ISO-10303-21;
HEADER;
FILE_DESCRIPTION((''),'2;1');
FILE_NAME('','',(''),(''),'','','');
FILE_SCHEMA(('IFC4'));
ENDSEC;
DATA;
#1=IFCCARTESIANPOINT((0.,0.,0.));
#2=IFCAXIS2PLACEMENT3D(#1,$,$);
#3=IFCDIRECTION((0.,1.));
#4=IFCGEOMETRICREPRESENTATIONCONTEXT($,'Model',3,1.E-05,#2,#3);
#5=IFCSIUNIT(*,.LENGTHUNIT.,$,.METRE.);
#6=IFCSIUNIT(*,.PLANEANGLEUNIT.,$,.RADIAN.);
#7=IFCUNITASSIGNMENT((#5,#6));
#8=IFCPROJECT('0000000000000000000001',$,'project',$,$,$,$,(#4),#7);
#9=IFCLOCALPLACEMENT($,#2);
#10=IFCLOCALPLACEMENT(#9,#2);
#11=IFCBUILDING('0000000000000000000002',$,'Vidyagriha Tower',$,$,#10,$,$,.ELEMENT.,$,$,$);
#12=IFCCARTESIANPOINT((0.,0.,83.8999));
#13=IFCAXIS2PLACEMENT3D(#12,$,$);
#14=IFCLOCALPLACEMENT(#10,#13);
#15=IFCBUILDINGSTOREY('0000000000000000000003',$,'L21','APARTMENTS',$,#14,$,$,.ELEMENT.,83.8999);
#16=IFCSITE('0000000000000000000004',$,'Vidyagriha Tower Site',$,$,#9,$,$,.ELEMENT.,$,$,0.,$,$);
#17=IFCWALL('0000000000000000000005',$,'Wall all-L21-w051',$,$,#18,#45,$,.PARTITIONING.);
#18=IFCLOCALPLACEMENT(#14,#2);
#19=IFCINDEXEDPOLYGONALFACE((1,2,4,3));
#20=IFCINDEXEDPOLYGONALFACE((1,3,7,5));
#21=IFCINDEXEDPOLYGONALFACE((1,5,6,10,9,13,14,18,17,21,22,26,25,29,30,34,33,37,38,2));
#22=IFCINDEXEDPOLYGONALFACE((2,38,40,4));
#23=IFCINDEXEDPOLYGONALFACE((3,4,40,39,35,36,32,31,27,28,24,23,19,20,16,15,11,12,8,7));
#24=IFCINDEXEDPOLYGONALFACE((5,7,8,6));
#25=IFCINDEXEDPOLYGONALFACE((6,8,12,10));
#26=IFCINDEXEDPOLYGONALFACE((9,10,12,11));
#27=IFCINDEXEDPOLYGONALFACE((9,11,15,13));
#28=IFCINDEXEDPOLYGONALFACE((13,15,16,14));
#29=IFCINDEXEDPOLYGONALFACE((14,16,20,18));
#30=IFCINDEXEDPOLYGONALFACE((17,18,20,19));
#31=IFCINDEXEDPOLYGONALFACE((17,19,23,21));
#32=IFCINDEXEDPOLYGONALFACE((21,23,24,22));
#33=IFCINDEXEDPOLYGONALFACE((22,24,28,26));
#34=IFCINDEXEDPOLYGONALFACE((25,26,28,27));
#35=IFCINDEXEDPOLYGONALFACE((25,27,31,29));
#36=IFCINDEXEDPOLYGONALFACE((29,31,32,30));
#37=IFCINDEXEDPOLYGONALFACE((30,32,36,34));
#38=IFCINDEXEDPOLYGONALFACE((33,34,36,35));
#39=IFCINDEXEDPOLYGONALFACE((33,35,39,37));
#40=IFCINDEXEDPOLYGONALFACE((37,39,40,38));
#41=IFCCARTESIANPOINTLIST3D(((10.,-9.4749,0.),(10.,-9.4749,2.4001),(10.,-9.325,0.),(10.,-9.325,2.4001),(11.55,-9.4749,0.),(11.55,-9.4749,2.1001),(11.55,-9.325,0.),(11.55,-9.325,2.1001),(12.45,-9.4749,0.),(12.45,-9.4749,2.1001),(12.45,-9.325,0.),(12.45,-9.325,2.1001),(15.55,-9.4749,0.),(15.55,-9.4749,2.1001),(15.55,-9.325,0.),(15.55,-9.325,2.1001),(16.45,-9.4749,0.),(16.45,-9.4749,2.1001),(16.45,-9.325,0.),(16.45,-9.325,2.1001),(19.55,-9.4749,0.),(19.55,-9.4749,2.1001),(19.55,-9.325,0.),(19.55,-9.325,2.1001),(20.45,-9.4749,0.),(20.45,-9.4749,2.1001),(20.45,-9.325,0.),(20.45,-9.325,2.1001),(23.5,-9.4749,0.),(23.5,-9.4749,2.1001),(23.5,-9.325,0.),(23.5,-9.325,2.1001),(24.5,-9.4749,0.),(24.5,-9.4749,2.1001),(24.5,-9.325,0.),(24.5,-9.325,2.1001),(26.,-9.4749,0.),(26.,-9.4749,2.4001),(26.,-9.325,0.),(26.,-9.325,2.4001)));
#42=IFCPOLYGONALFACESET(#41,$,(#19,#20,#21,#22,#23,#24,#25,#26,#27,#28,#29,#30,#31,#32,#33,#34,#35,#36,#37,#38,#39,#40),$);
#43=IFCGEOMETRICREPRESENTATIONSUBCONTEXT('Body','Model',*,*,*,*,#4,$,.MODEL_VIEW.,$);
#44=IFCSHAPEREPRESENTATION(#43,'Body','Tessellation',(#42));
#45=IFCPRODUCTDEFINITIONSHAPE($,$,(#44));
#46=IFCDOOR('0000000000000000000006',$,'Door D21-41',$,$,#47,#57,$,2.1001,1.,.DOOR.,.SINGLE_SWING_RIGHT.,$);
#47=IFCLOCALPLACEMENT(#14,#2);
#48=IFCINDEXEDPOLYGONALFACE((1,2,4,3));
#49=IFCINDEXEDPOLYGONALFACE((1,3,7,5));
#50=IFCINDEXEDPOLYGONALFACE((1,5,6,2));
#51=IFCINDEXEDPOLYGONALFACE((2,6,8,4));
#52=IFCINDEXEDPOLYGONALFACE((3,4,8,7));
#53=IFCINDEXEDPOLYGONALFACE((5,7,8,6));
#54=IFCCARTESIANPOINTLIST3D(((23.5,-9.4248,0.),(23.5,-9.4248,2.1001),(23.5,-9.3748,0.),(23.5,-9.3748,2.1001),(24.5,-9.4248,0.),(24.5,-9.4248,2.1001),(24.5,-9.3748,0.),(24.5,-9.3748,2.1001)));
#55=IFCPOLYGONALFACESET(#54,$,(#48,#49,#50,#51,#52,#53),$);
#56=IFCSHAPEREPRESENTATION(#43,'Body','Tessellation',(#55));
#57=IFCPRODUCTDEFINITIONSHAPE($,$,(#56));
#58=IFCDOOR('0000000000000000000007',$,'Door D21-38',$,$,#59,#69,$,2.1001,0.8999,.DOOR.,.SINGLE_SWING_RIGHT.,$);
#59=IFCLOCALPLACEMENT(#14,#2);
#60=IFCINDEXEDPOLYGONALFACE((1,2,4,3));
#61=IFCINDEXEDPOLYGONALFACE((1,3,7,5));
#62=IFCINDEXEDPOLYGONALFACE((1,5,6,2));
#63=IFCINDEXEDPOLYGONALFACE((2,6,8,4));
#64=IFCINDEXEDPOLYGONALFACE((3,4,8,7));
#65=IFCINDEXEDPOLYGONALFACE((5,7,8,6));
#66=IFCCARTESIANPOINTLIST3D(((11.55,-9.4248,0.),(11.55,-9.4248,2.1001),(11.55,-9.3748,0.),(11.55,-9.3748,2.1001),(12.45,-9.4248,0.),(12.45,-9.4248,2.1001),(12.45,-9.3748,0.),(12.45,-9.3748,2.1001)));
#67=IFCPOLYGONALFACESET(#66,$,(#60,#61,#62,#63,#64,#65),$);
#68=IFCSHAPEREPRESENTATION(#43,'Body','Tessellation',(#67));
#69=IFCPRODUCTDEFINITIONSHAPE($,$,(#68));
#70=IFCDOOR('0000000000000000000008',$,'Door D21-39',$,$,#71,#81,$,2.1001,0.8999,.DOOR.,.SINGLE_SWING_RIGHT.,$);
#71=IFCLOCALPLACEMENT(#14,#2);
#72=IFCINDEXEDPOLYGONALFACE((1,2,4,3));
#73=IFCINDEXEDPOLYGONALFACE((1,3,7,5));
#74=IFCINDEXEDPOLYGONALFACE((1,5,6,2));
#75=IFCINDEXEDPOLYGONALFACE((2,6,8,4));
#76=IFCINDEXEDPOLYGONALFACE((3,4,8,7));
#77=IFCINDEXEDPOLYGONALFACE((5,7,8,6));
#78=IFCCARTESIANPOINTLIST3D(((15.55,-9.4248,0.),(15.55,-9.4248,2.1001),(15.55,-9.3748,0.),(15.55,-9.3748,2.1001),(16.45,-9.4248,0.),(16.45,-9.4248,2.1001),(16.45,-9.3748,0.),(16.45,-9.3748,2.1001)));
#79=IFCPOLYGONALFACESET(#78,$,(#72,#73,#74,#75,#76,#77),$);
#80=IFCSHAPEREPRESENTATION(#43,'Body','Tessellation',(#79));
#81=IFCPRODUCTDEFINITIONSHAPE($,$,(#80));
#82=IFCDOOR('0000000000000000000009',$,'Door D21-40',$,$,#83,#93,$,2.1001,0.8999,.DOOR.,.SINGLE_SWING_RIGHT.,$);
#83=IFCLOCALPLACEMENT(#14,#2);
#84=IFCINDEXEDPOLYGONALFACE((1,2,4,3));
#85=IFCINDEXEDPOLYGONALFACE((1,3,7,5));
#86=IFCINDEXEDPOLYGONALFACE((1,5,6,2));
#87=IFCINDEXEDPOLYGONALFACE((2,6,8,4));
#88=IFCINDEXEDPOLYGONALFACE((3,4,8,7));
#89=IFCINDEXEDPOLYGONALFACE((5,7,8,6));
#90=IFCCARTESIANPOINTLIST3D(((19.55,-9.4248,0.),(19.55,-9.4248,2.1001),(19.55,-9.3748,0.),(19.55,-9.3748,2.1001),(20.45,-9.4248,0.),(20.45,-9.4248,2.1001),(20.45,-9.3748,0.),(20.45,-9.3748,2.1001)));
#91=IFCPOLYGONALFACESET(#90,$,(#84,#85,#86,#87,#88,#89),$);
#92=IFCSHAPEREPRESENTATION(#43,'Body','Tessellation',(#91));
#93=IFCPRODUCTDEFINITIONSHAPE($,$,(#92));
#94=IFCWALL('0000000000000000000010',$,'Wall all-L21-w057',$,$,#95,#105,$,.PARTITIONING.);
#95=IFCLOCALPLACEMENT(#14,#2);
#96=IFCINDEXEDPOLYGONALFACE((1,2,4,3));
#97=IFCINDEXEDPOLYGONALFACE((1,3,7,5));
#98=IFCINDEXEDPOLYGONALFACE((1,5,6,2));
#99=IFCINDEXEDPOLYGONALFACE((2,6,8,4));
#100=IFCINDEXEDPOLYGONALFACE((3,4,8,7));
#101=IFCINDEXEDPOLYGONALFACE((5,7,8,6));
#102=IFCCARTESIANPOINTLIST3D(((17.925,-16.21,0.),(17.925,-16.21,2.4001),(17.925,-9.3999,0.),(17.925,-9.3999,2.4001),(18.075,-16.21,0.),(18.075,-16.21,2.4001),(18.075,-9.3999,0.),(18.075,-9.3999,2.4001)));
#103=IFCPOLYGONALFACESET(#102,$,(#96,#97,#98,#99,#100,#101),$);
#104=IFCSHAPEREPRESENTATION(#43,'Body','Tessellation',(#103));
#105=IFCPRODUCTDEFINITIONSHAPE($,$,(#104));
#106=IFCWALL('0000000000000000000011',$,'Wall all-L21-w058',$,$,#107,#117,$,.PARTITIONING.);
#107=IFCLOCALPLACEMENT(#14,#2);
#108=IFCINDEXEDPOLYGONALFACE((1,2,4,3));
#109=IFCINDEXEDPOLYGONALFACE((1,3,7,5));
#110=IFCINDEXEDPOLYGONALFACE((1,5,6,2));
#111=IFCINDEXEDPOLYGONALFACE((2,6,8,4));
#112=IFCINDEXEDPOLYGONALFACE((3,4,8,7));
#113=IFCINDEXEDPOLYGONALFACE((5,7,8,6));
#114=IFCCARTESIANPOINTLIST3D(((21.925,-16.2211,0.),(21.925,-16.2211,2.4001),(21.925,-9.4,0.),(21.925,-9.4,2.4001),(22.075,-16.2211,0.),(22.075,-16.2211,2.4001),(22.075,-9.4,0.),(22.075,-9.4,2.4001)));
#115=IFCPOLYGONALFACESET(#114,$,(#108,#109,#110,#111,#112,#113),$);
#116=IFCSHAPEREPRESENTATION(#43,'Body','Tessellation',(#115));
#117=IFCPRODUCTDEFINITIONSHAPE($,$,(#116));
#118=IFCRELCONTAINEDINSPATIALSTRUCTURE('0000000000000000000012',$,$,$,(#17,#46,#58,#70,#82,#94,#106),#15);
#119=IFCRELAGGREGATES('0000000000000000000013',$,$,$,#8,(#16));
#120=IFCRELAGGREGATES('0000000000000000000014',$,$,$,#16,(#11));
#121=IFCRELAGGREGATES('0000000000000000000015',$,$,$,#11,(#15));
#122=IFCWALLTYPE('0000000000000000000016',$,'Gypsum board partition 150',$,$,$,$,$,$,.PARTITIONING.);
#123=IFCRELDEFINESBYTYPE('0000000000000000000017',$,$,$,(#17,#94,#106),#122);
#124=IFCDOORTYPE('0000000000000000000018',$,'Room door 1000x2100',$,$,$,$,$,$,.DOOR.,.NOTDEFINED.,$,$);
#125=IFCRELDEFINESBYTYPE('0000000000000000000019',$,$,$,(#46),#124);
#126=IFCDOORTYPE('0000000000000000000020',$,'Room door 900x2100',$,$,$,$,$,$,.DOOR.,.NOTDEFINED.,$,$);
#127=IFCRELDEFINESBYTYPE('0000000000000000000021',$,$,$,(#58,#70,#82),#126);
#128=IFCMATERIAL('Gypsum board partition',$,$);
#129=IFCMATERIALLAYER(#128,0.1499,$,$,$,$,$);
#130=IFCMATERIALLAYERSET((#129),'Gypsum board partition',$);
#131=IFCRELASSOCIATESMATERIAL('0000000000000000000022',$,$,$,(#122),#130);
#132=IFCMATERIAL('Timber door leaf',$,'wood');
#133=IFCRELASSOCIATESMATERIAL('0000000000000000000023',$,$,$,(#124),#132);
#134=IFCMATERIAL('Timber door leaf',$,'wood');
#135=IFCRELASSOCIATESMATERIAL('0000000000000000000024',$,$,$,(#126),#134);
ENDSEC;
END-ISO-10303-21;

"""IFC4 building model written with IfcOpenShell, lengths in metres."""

from ifc_helpers import new_model, si_unit, direction, frame, frame_2d, origin, place, context, subcontext, project, spatial, rectangle, extrude, material, layer, layer_set, type_object, element, fill, save


model = new_model("IFC4")

# Units and contexts
model_context = context("Model", 3, precision=1e-05, world=origin(), true_north=direction((0.0, 1.0)))
body_context = subcontext(model_context, "Body", "Model", "MODEL_VIEW")
ifc_project = project(units=[si_unit("LENGTHUNIT", "METRE"), si_unit("PLANEANGLEUNIT", "RADIAN")], contexts=[model_context])

# Site, building, storey
site_placement = place(None, origin())
site = spatial("IfcSite", under=ifc_project, at=site_placement, Name="Vidyagriha Tower Site", CompositionType="ELEMENT", RefElevation=0.0)
building_placement = place(site_placement, origin())
building = spatial("IfcBuilding", under=site, at=building_placement, Name="Vidyagriha Tower", CompositionType="ELEMENT")
storey_placement = place(building_placement, frame((0.0, 0.0, 83.8999)))
storey = spatial("IfcBuildingStorey", under=building, at=storey_placement, Name="L21", Description="APARTMENTS", CompositionType="ELEMENT", Elevation=83.8999)

# Shared definitions
ifc_material_1 = material(Name="Gypsum board partition")
ifc_layer_1 = layer(ifc_material_1, 0.1499)
ifc_layer_set_1 = layer_set([ifc_layer_1], Name="Gypsum board partition")
wall_type_1 = type_object("IfcWallType", Name="Gypsum board partition 150", PredefinedType="PARTITIONING", material=ifc_layer_set_1)

# Wall, openings, doors
wall_1_placement = place(storey_placement, frame((26.0, -9.3999, 0.0), z_axis=(0.0, 0.0, 1.0), x_axis=(-1.0, 0.0, 0.0)))
wall_1 = element("IfcWall", 1, at=wall_1_placement, inside=storey, type_object=wall_type_1, Name="Wall all-L21-w051", PredefinedType="PARTITIONING", context=body_context, shape_type="SweptSolid", body=[
    extrude(rectangle(XDim=16.0, YDim=0.1499, at=frame_2d((8.0, 0.0))), origin(), (0.0, 0.0, 1.0), 2.4001),
])
opening_1_placement = place(wall_1_placement, frame((13.55, 0.0, 0.0)))
opening_1 = element("IfcOpeningElement", 2, at=opening_1_placement, cuts=wall_1, PredefinedType="OPENING", context=body_context, shape_type="SweptSolid", body=[
    extrude(rectangle(XDim=0.8999, YDim=2.1001, at=frame_2d((0.45, 1.05))), frame((0.0, 0.085, 0.0), z_axis=(0.0, -1.0, 0.0), x_axis=(1.0, 0.0, 0.0)), (0.0, 0.0, 1.0), 0.1699),
])
opening_2_placement = place(wall_1_placement, frame((9.55, 0.0, 0.0)))
opening_2 = element("IfcOpeningElement", 3, at=opening_2_placement, cuts=wall_1, PredefinedType="OPENING", context=body_context, shape_type="SweptSolid", body=[
    extrude(rectangle(XDim=0.8999, YDim=2.1001, at=frame_2d((0.45, 1.05))), frame((0.0, 0.085, 0.0), z_axis=(0.0, -1.0, 0.0), x_axis=(1.0, 0.0, 0.0)), (0.0, 0.0, 1.0), 0.1699),
])
opening_3_placement = place(wall_1_placement, frame((5.55, 0.0, 0.0)))
opening_3 = element("IfcOpeningElement", 4, at=opening_3_placement, cuts=wall_1, PredefinedType="OPENING", context=body_context, shape_type="SweptSolid", body=[
    extrude(rectangle(XDim=0.8999, YDim=2.1001, at=frame_2d((0.45, 1.05))), frame((0.0, 0.085, 0.0), z_axis=(0.0, -1.0, 0.0), x_axis=(1.0, 0.0, 0.0)), (0.0, 0.0, 1.0), 0.1699),
])
opening_4_placement = place(wall_1_placement, frame((1.5, 0.0, 0.0)))
opening_4 = element("IfcOpeningElement", 5, at=opening_4_placement, cuts=wall_1, PredefinedType="OPENING", context=body_context, shape_type="SweptSolid", body=[
    extrude(rectangle(XDim=1.0, YDim=2.1001, at=frame_2d((0.5, 1.05))), frame((0.0, 0.085, 0.0), z_axis=(0.0, -1.0, 0.0), x_axis=(1.0, 0.0, 0.0)), (0.0, 0.0, 1.0), 0.1699),
])
ifc_material_2 = material(Name="Timber door leaf", Category="wood")
door_type_1 = type_object("IfcDoorType", Name="Room door 1000x2100", OperationType="NOTDEFINED", PredefinedType="DOOR", material=ifc_material_2)
door_1_placement = place(opening_4_placement, origin())
door_1 = element("IfcDoor", 6, at=door_1_placement, inside=storey, type_object=door_type_1, Name="Door D21-41", OperationType="SINGLE_SWING_RIGHT", OverallHeight=2.1001, OverallWidth=1.0, PredefinedType="DOOR", context=body_context, shape_type="SweptSolid", body=[
    extrude(rectangle(XDim=1.0, YDim=2.1001, at=frame_2d((0.5, 1.05))), frame((0.0, 0.0249, 0.0), z_axis=(0.0, -1.0, 0.0), x_axis=(1.0, 0.0, 0.0)), (0.0, 0.0, 1.0), 0.05),
])
fill(opening_4, door_1)
ifc_material_3 = material(Name="Timber door leaf", Category="wood")
door_type_2 = type_object("IfcDoorType", Name="Room door 900x2100", OperationType="NOTDEFINED", PredefinedType="DOOR", material=ifc_material_3)
door_2_placement = place(opening_1_placement, origin())
door_2 = element("IfcDoor", 7, at=door_2_placement, inside=storey, type_object=door_type_2, Name="Door D21-38", OperationType="SINGLE_SWING_RIGHT", OverallHeight=2.1001, OverallWidth=0.8999, PredefinedType="DOOR", context=body_context, shape_type="SweptSolid", body=[
    extrude(rectangle(XDim=0.8999, YDim=2.1001, at=frame_2d((0.45, 1.05))), frame((0.0, 0.0249, 0.0), z_axis=(0.0, -1.0, 0.0), x_axis=(1.0, 0.0, 0.0)), (0.0, 0.0, 1.0), 0.05),
])
fill(opening_1, door_2)
door_3_placement = place(opening_2_placement, origin())
door_3 = element("IfcDoor", 8, at=door_3_placement, inside=storey, type_object=door_type_2, Name="Door D21-39", OperationType="SINGLE_SWING_RIGHT", OverallHeight=2.1001, OverallWidth=0.8999, PredefinedType="DOOR", context=body_context, shape_type="SweptSolid", body=[
    extrude(rectangle(XDim=0.8999, YDim=2.1001, at=frame_2d((0.45, 1.05))), frame((0.0, 0.0249, 0.0), z_axis=(0.0, -1.0, 0.0), x_axis=(1.0, 0.0, 0.0)), (0.0, 0.0, 1.0), 0.05),
])
fill(opening_2, door_3)
door_4_placement = place(opening_3_placement, origin())
door_4 = element("IfcDoor", 9, at=door_4_placement, inside=storey, type_object=door_type_2, Name="Door D21-40", OperationType="SINGLE_SWING_RIGHT", OverallHeight=2.1001, OverallWidth=0.8999, PredefinedType="DOOR", context=body_context, shape_type="SweptSolid", body=[
    extrude(rectangle(XDim=0.8999, YDim=2.1001, at=frame_2d((0.45, 1.05))), frame((0.0, 0.0249, 0.0), z_axis=(0.0, -1.0, 0.0), x_axis=(1.0, 0.0, 0.0)), (0.0, 0.0, 1.0), 0.05),
])
fill(opening_3, door_4)

# Walls
wall_2_placement = place(storey_placement, frame((18.0, -9.3999, 0.0), z_axis=(0.0, 0.0, 1.0), x_axis=(0.0, -1.0, 0.0)))
element("IfcWall", 10, at=wall_2_placement, inside=storey, type_object=wall_type_1, Name="Wall all-L21-w057", PredefinedType="PARTITIONING", context=body_context, shape_type="SweptSolid", body=[
    extrude(rectangle(XDim=6.8101, YDim=0.1499, at=frame_2d((3.405, 0.0))), origin(), (0.0, 0.0, 1.0), 2.4001),
])
wall_3_placement = place(storey_placement, frame((22.0, -9.3999, 0.0), z_axis=(0.0, 0.0, 1.0), x_axis=(0.0, -1.0, 0.0)))
element("IfcWall", 11, at=wall_3_placement, inside=storey, type_object=wall_type_1, Name="Wall all-L21-w058", PredefinedType="PARTITIONING", context=body_context, shape_type="SweptSolid", body=[
    extrude(rectangle(XDim=6.821, YDim=0.1499, at=frame_2d((3.4106, 0.0))), origin(), (0.0, 0.0, 1.0), 2.4001),
])

save(model, "model.ifc")
